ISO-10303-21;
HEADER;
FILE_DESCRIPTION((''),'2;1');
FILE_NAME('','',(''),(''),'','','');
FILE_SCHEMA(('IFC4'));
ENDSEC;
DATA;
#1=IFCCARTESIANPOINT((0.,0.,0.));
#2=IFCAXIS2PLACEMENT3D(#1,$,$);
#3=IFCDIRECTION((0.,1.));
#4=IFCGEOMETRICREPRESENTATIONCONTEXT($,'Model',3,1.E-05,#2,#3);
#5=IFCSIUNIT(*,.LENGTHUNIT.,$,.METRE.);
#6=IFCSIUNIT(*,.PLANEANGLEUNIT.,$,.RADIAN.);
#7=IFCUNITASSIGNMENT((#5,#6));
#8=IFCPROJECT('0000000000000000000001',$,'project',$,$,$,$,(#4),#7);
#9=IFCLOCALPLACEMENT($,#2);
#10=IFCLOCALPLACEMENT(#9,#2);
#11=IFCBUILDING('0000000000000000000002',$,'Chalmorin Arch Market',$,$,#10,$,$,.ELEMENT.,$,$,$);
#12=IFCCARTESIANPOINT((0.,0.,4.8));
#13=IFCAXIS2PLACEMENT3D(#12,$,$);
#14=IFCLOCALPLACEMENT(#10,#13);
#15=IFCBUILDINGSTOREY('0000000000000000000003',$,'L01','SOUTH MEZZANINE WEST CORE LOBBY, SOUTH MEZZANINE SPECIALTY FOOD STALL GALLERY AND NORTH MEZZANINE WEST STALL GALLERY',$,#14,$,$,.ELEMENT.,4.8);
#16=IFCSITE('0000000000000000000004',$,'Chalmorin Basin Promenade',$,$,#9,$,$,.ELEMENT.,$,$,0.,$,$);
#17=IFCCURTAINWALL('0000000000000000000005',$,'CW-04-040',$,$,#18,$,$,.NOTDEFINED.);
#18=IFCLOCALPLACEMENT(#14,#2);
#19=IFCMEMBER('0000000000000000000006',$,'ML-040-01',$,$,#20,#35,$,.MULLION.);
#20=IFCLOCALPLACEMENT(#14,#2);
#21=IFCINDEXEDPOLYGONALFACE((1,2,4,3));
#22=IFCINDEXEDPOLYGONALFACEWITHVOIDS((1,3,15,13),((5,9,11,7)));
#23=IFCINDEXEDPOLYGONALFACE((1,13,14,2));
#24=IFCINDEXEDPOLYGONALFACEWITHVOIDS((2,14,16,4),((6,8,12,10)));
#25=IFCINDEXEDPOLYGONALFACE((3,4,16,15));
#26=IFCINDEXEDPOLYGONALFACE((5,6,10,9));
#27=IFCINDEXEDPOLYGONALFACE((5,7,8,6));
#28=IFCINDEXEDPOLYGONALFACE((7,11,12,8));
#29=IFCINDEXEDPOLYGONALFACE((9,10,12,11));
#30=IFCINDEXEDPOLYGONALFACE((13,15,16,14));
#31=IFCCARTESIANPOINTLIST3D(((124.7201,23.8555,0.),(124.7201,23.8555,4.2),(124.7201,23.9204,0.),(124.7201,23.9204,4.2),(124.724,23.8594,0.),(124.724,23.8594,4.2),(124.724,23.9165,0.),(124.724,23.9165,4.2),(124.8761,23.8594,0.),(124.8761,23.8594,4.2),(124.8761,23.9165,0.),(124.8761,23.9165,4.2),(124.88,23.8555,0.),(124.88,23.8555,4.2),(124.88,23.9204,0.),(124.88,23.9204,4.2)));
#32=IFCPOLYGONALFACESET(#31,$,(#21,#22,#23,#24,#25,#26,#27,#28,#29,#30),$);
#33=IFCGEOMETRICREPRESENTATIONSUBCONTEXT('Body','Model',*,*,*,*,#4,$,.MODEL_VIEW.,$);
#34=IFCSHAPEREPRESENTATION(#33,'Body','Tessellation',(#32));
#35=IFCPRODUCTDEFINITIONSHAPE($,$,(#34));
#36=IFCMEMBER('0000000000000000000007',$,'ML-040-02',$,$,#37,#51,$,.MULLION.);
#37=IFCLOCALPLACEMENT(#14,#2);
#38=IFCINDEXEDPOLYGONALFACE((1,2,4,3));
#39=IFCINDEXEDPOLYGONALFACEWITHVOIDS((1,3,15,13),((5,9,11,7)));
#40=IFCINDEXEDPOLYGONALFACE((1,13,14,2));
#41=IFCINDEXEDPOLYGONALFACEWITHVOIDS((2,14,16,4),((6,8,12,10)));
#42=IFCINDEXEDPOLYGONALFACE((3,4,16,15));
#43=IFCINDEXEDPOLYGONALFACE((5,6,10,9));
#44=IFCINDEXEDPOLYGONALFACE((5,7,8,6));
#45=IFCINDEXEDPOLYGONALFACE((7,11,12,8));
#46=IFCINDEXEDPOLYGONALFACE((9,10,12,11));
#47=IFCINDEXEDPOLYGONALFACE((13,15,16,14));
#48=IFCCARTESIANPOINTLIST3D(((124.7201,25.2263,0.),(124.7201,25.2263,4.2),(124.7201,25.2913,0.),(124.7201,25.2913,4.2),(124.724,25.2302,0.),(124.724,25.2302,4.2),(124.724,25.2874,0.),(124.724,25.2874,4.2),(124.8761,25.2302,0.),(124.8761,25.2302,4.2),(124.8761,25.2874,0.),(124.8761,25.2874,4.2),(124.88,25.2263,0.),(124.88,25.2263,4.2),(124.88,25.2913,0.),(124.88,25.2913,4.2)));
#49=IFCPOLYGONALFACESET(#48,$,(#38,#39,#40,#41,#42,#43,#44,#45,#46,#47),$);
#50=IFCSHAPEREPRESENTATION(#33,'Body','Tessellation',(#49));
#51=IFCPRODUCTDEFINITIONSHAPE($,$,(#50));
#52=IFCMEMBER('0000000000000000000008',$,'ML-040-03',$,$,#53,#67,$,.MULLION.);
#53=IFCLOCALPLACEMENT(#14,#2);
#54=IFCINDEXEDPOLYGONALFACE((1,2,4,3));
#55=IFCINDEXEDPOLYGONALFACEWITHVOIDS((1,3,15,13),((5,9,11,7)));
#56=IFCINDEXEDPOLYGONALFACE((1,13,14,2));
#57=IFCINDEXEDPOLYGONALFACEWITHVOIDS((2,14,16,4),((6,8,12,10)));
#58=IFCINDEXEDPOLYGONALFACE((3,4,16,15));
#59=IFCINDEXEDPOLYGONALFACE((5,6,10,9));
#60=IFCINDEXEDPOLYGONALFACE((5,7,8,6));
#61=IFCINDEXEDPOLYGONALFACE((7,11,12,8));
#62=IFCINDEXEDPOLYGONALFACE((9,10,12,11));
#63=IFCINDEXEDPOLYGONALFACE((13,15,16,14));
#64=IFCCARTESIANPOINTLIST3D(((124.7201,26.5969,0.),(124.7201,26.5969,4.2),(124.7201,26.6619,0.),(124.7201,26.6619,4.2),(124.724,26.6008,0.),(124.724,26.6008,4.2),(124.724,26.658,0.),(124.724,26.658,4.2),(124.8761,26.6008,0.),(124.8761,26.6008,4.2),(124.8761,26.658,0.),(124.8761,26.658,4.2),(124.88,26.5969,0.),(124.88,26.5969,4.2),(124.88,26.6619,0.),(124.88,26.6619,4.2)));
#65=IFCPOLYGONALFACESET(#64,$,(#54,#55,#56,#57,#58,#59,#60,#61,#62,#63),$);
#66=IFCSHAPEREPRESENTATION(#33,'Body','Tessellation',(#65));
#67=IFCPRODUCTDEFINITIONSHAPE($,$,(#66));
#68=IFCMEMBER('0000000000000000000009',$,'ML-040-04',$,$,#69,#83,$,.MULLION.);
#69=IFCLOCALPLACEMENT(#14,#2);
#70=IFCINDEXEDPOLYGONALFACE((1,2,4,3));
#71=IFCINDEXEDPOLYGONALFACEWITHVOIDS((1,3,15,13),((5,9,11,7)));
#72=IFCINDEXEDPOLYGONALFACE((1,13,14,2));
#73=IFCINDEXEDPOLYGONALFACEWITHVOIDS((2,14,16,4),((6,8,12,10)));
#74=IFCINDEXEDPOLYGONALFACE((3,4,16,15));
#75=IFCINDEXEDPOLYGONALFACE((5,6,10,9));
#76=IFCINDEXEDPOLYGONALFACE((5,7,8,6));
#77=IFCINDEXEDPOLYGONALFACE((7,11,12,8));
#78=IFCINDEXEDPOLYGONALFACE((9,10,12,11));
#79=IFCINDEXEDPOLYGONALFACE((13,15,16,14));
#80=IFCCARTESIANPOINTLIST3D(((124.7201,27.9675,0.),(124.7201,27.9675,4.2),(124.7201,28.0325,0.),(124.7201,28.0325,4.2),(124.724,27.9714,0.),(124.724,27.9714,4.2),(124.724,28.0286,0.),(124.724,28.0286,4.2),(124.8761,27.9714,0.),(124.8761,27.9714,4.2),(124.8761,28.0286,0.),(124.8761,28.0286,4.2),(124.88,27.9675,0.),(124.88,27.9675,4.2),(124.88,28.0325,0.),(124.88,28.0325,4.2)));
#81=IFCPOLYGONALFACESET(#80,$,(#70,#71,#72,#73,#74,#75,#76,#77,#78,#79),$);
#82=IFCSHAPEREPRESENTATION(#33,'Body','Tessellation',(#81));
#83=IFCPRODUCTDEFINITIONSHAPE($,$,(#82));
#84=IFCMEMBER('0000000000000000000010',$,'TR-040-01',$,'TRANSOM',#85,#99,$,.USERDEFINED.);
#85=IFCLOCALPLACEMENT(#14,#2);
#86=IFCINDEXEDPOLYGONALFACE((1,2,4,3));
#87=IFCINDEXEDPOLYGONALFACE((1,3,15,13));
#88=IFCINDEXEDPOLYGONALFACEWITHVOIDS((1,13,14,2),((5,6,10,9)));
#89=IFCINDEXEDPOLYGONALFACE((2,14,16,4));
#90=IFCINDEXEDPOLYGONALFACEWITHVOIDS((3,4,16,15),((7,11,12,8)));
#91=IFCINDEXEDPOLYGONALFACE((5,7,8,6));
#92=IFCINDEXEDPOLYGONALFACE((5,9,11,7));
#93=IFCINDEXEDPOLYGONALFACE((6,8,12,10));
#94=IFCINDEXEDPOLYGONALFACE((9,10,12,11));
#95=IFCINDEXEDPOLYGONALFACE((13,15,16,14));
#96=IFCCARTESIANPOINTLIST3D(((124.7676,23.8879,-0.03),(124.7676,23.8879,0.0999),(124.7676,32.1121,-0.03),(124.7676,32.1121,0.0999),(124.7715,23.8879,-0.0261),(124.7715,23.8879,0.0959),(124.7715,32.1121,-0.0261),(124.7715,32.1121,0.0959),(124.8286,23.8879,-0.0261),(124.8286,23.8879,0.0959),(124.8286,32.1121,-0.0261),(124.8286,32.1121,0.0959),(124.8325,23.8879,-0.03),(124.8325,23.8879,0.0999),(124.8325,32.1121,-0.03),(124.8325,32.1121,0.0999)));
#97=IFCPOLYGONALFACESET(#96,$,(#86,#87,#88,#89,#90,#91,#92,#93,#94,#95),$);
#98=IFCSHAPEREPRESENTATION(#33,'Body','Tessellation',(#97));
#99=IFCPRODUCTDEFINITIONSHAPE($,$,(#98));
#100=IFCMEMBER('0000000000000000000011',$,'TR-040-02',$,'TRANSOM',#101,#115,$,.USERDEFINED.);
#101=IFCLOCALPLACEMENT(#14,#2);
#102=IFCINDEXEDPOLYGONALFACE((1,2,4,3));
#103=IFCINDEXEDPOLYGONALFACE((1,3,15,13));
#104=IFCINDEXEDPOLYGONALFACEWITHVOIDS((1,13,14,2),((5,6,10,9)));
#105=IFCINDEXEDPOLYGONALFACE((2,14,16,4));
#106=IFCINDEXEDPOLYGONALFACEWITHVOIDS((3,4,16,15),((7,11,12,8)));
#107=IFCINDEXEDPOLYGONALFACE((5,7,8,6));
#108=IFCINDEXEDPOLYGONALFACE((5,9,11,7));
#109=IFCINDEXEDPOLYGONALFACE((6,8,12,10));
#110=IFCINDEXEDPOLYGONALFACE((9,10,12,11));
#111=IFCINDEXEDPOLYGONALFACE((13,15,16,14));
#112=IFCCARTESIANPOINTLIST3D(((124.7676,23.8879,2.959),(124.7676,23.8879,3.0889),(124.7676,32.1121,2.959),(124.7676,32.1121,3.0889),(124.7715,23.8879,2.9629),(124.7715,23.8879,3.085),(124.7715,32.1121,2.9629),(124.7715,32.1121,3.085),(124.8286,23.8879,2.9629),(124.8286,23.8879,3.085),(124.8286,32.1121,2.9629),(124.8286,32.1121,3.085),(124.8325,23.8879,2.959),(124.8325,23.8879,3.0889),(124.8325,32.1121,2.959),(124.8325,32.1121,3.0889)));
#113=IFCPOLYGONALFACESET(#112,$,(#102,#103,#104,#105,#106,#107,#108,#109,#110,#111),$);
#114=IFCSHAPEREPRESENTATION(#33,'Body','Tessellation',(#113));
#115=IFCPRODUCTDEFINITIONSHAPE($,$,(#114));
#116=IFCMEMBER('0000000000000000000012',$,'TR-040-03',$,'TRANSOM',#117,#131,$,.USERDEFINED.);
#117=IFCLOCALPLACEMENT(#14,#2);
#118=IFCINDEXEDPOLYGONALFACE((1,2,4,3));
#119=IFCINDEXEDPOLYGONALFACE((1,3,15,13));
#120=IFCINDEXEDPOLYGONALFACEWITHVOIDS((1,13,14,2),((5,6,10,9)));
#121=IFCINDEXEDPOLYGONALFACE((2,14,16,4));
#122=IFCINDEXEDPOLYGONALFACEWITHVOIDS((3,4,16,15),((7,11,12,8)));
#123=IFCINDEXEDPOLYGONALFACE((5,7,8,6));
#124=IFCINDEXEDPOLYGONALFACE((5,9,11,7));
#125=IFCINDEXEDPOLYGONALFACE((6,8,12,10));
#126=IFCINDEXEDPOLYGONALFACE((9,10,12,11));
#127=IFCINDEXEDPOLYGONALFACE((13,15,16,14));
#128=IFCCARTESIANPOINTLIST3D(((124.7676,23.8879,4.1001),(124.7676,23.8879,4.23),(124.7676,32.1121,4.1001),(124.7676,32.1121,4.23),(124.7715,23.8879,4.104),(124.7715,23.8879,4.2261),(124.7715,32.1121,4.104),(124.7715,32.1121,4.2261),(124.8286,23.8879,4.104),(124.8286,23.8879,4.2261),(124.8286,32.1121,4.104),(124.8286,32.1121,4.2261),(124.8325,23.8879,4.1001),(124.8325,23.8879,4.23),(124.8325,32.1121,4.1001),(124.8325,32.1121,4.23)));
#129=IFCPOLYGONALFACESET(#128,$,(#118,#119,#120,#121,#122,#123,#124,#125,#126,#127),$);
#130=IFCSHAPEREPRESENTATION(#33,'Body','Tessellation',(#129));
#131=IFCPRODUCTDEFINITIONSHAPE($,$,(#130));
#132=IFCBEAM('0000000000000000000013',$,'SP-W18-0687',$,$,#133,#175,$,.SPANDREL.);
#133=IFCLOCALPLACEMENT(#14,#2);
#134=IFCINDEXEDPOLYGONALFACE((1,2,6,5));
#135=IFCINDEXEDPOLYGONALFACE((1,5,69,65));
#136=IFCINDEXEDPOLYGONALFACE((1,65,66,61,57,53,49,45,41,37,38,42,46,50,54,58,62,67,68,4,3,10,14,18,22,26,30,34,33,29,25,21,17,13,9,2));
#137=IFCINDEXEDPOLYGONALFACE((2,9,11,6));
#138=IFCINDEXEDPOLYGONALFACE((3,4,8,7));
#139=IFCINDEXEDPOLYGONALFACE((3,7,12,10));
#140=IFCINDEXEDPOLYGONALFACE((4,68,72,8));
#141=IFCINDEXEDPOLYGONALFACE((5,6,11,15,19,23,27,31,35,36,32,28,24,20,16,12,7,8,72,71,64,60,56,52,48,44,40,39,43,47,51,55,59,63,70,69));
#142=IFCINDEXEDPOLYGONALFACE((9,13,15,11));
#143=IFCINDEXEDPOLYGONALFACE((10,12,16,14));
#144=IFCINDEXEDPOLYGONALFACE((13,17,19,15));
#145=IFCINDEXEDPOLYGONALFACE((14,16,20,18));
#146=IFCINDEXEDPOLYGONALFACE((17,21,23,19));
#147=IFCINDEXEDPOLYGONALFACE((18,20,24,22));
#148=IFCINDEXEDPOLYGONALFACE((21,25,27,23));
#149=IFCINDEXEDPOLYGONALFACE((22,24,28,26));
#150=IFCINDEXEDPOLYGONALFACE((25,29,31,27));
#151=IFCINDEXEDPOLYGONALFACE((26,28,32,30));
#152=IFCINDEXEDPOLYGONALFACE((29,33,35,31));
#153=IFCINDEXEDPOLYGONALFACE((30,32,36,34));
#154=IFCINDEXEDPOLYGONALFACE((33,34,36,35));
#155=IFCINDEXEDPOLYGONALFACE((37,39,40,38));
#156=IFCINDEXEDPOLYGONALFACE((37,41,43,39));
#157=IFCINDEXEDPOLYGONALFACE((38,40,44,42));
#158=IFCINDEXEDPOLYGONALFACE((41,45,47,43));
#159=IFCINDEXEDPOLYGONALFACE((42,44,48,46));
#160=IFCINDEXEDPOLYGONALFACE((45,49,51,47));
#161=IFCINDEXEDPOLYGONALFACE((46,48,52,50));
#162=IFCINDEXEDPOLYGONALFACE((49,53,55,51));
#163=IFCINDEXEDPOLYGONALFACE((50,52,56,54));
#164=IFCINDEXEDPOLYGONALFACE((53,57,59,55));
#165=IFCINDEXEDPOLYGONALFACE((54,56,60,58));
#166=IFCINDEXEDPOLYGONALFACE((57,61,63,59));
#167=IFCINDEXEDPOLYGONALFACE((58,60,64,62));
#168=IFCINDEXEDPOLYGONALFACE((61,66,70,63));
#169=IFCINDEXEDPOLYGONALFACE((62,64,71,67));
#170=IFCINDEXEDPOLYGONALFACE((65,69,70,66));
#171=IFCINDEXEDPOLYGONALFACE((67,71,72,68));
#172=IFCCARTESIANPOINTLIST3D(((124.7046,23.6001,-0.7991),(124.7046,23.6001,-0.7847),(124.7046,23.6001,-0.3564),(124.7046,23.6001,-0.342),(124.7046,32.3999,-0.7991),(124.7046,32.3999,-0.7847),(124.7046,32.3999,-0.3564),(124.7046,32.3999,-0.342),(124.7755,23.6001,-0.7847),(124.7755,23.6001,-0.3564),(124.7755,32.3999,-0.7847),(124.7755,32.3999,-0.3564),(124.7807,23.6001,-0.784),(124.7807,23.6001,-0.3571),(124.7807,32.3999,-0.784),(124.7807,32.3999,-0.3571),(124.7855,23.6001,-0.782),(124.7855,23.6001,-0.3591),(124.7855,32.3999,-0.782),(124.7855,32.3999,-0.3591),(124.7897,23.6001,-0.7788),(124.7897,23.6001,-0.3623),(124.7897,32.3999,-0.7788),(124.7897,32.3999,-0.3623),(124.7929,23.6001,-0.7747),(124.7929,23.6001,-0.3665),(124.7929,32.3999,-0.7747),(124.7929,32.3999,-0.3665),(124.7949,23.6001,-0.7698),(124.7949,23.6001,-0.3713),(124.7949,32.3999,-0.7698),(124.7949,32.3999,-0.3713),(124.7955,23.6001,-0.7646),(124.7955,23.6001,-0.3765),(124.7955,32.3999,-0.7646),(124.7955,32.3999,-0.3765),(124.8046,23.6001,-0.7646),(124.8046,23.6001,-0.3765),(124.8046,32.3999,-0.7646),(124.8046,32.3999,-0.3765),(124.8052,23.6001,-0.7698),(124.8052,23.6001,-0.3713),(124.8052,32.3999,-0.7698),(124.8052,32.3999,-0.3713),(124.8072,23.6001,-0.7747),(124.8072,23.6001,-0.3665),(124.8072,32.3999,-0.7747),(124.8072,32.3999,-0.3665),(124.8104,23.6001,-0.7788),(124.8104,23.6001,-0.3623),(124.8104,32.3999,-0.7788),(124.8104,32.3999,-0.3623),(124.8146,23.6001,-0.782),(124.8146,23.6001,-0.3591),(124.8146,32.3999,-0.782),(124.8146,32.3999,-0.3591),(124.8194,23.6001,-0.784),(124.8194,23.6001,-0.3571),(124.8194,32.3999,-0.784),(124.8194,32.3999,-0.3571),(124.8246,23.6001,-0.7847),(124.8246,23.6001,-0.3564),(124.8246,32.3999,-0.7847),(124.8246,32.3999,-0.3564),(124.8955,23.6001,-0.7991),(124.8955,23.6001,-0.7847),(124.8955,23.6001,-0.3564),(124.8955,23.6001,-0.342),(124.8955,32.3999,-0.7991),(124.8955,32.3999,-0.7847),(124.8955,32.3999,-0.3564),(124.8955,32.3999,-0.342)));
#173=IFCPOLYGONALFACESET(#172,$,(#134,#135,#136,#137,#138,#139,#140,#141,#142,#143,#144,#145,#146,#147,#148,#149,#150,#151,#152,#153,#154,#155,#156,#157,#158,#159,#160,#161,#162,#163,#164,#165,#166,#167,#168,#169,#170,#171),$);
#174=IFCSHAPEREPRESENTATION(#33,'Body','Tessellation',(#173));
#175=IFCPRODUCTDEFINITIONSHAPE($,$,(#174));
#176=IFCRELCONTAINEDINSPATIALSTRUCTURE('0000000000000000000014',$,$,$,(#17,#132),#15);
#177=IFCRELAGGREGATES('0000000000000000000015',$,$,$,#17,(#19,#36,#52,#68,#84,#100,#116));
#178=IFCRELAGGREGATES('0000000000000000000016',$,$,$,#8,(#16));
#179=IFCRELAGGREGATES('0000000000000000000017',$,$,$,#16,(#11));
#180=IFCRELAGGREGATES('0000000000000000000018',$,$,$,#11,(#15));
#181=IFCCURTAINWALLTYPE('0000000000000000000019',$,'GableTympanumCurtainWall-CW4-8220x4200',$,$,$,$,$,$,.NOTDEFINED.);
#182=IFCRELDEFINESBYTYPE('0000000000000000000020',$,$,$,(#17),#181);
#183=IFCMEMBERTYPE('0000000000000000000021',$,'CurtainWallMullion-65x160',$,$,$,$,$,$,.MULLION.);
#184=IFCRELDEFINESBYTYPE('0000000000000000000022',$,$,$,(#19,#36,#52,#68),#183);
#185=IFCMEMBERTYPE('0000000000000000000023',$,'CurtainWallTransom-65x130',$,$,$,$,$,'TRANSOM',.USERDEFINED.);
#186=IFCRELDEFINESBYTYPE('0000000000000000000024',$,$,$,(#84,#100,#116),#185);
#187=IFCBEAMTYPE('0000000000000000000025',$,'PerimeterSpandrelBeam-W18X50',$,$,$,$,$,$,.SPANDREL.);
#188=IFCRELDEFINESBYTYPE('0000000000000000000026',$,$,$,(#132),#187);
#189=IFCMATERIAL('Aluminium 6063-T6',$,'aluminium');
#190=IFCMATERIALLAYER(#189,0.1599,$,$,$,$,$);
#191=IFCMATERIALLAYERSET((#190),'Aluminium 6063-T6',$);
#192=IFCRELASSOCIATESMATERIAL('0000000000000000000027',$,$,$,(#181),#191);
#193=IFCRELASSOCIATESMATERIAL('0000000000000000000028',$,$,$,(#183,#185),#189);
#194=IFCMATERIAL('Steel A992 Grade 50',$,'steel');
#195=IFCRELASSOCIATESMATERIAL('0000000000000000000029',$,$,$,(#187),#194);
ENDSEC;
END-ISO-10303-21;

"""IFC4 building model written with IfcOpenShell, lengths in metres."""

from ifc_helpers import new_model, si_unit, direction, frame, origin, origin_2d, place, context, subcontext, project, spatial, hollow_rectangle, i_section, extrude, material, layer, layer_set, material_profile, profile_set, type_object, element, aggregate, save


model = new_model("IFC4")

# Units and contexts
model_context = context("Model", 3, precision=1e-05, world=origin(), true_north=direction((0.0, 1.0)))
body_context = subcontext(model_context, "Body", "Model", "MODEL_VIEW")
ifc_project = project(units=[si_unit("LENGTHUNIT", "METRE"), si_unit("PLANEANGLEUNIT", "RADIAN")], contexts=[model_context])

# Site, building, storey
site_placement = place(None, origin())
site = spatial("IfcSite", under=ifc_project, at=site_placement, Name="Chalmorin Basin Promenade", CompositionType="ELEMENT", RefElevation=0.0)
building_placement = place(site_placement, origin())
building = spatial("IfcBuilding", under=site, at=building_placement, Name="Chalmorin Arch Market", CompositionType="ELEMENT")
storey_placement = place(building_placement, frame((0.0, 0.0, 4.8)))
storey = spatial("IfcBuildingStorey", under=building, at=storey_placement, Name="L01", Description="SOUTH MEZZANINE WEST CORE LOBBY, SOUTH MEZZANINE SPECIALTY FOOD STALL GALLERY AND NORTH MEZZANINE WEST STALL GALLERY", CompositionType="ELEMENT", Elevation=4.8)

# Curtain wall, members
ifc_material_1 = material(Name="Aluminium 6063-T6", Category="aluminium")
ifc_layer_1 = layer(ifc_material_1, 0.1599)
ifc_layer_set_1 = layer_set([ifc_layer_1], Name="Aluminium 6063-T6")
curtain_wall_type = type_object("IfcCurtainWallType", Name="GableTympanumCurtainWall-CW4-8220x4200", PredefinedType="NOTDEFINED", material=ifc_layer_set_1)
curtain_wall_placement = place(storey_placement, origin())
curtain_wall = element("IfcCurtainWall", 1, at=curtain_wall_placement, inside=storey, type_object=curtain_wall_type, Name="CW-04-040", PredefinedType="NOTDEFINED")
ifc_material_profile_1 = material_profile(ifc_material_1, hollow_rectangle(XDim=0.0649, YDim=0.1599, WallThickness=0.0039, at=origin_2d()), Name="ALU65X160X4")
ifc_profile_set_1 = profile_set([ifc_material_profile_1], Name="Aluminium 6063-T6")
member_type_1 = type_object("IfcMemberType", Name="CurtainWallMullion-65x160", PredefinedType="MULLION", material=ifc_profile_set_1)
member_1_placement = place(storey_placement, frame((124.8, 23.8879, 0.0), z_axis=(0.0, 0.0, 1.0), x_axis=(0.0, 1.0, 0.0)))
member_1 = element("IfcMember", 2, at=member_1_placement, type_object=member_type_1, Name="ML-040-01", PredefinedType="MULLION", context=body_context, shape_type="SweptSolid", body=[
    extrude(hollow_rectangle(XDim=0.0649, YDim=0.1599, WallThickness=0.0039, at=origin_2d()), origin(), (0.0, 0.0, 1.0), 4.2),
])
member_2_placement = place(storey_placement, frame((124.8, 25.2588, 0.0), z_axis=(0.0, 0.0, 1.0), x_axis=(0.0, 1.0, 0.0)))
member_2 = element("IfcMember", 3, at=member_2_placement, type_object=member_type_1, Name="ML-040-02", PredefinedType="MULLION", context=body_context, shape_type="SweptSolid", body=[
    extrude(hollow_rectangle(XDim=0.0649, YDim=0.1599, WallThickness=0.0039, at=origin_2d()), origin(), (0.0, 0.0, 1.0), 4.2),
])
member_3_placement = place(storey_placement, frame((124.8, 26.6294, 0.0), z_axis=(0.0, 0.0, 1.0), x_axis=(0.0, 1.0, 0.0)))
member_3 = element("IfcMember", 4, at=member_3_placement, type_object=member_type_1, Name="ML-040-03", PredefinedType="MULLION", context=body_context, shape_type="SweptSolid", body=[
    extrude(hollow_rectangle(XDim=0.0649, YDim=0.1599, WallThickness=0.0039, at=origin_2d()), origin(), (0.0, 0.0, 1.0), 4.2),
])
member_4_placement = place(storey_placement, frame((124.8, 28.0, 0.0), z_axis=(0.0, 0.0, 1.0), x_axis=(0.0, 1.0, 0.0)))
member_4 = element("IfcMember", 5, at=member_4_placement, type_object=member_type_1, Name="ML-040-04", PredefinedType="MULLION", context=body_context, shape_type="SweptSolid", body=[
    extrude(hollow_rectangle(XDim=0.0649, YDim=0.1599, WallThickness=0.0039, at=origin_2d()), origin(), (0.0, 0.0, 1.0), 4.2),
])
ifc_material_profile_2 = material_profile(ifc_material_1, hollow_rectangle(XDim=0.0649, YDim=0.1299, WallThickness=0.0039, at=origin_2d()), Name="ALU65X130X4")
ifc_profile_set_2 = profile_set([ifc_material_profile_2], Name="Aluminium 6063-T6")
member_type_2 = type_object("IfcMemberType", Name="CurtainWallTransom-65x130", ElementType="TRANSOM", PredefinedType="USERDEFINED", material=ifc_profile_set_2)
member_5_placement = place(storey_placement, frame((124.8, 23.8879, 0.0349), z_axis=(0.0, 1.0, 0.0), x_axis=(-1.0, 0.0, 0.0)))
member_5 = element("IfcMember", 6, at=member_5_placement, type_object=member_type_2, Name="TR-040-01", ObjectType="TRANSOM", PredefinedType="USERDEFINED", context=body_context, shape_type="SweptSolid", body=[
    extrude(hollow_rectangle(XDim=0.0649, YDim=0.1299, WallThickness=0.0039, at=origin_2d()), origin(), (0.0, 0.0, 1.0), 8.2241),
])
member_6_placement = place(storey_placement, frame((124.8, 23.8879, 3.0239), z_axis=(0.0, 1.0, 0.0), x_axis=(-1.0, 0.0, 0.0)))
member_6 = element("IfcMember", 7, at=member_6_placement, type_object=member_type_2, Name="TR-040-02", ObjectType="TRANSOM", PredefinedType="USERDEFINED", context=body_context, shape_type="SweptSolid", body=[
    extrude(hollow_rectangle(XDim=0.0649, YDim=0.1299, WallThickness=0.0039, at=origin_2d()), origin(), (0.0, 0.0, 1.0), 8.2241),
])
member_7_placement = place(storey_placement, frame((124.8, 23.8879, 4.165), z_axis=(0.0, 1.0, 0.0), x_axis=(-1.0, 0.0, 0.0)))
member_7 = element("IfcMember", 8, at=member_7_placement, type_object=member_type_2, Name="TR-040-03", ObjectType="TRANSOM", PredefinedType="USERDEFINED", context=body_context, shape_type="SweptSolid", body=[
    extrude(hollow_rectangle(XDim=0.0649, YDim=0.1299, WallThickness=0.0039, at=origin_2d()), origin(), (0.0, 0.0, 1.0), 8.2241),
])

# Beam
ifc_material_2 = material(Name="Steel A992 Grade 50", Category="steel")
ifc_material_profile_3 = material_profile(ifc_material_2, i_section(OverallWidth=0.1909, OverallDepth=0.457, WebThickness=0.009, FlangeThickness=0.0144, FilletRadius=0.02, at=origin_2d()), Name="W18X50")
ifc_profile_set_3 = profile_set([ifc_material_profile_3], Name="Steel A992 Grade 50")
beam_type_1 = type_object("IfcBeamType", Name="PerimeterSpandrelBeam-W18X50", PredefinedType="SPANDREL", material=ifc_profile_set_3)
beam_1_placement = place(storey_placement, frame((124.8, 23.6001, -0.5706), z_axis=(0.0, 1.0, 0.0), x_axis=(-1.0, 0.0, 0.0)))
element("IfcBeam", 9, at=beam_1_placement, inside=storey, type_object=beam_type_1, Name="SP-W18-0687", PredefinedType="SPANDREL", context=body_context, shape_type="SweptSolid", body=[
    extrude(i_section(OverallWidth=0.1909, OverallDepth=0.457, WebThickness=0.009, FlangeThickness=0.0144, FilletRadius=0.02, at=origin_2d()), origin(), (0.0, 0.0, 1.0), 8.7998),
])

aggregate(curtain_wall, [member_1, member_2, member_3, member_4, member_5, member_6, member_7])

save(model, "model.ifc")
